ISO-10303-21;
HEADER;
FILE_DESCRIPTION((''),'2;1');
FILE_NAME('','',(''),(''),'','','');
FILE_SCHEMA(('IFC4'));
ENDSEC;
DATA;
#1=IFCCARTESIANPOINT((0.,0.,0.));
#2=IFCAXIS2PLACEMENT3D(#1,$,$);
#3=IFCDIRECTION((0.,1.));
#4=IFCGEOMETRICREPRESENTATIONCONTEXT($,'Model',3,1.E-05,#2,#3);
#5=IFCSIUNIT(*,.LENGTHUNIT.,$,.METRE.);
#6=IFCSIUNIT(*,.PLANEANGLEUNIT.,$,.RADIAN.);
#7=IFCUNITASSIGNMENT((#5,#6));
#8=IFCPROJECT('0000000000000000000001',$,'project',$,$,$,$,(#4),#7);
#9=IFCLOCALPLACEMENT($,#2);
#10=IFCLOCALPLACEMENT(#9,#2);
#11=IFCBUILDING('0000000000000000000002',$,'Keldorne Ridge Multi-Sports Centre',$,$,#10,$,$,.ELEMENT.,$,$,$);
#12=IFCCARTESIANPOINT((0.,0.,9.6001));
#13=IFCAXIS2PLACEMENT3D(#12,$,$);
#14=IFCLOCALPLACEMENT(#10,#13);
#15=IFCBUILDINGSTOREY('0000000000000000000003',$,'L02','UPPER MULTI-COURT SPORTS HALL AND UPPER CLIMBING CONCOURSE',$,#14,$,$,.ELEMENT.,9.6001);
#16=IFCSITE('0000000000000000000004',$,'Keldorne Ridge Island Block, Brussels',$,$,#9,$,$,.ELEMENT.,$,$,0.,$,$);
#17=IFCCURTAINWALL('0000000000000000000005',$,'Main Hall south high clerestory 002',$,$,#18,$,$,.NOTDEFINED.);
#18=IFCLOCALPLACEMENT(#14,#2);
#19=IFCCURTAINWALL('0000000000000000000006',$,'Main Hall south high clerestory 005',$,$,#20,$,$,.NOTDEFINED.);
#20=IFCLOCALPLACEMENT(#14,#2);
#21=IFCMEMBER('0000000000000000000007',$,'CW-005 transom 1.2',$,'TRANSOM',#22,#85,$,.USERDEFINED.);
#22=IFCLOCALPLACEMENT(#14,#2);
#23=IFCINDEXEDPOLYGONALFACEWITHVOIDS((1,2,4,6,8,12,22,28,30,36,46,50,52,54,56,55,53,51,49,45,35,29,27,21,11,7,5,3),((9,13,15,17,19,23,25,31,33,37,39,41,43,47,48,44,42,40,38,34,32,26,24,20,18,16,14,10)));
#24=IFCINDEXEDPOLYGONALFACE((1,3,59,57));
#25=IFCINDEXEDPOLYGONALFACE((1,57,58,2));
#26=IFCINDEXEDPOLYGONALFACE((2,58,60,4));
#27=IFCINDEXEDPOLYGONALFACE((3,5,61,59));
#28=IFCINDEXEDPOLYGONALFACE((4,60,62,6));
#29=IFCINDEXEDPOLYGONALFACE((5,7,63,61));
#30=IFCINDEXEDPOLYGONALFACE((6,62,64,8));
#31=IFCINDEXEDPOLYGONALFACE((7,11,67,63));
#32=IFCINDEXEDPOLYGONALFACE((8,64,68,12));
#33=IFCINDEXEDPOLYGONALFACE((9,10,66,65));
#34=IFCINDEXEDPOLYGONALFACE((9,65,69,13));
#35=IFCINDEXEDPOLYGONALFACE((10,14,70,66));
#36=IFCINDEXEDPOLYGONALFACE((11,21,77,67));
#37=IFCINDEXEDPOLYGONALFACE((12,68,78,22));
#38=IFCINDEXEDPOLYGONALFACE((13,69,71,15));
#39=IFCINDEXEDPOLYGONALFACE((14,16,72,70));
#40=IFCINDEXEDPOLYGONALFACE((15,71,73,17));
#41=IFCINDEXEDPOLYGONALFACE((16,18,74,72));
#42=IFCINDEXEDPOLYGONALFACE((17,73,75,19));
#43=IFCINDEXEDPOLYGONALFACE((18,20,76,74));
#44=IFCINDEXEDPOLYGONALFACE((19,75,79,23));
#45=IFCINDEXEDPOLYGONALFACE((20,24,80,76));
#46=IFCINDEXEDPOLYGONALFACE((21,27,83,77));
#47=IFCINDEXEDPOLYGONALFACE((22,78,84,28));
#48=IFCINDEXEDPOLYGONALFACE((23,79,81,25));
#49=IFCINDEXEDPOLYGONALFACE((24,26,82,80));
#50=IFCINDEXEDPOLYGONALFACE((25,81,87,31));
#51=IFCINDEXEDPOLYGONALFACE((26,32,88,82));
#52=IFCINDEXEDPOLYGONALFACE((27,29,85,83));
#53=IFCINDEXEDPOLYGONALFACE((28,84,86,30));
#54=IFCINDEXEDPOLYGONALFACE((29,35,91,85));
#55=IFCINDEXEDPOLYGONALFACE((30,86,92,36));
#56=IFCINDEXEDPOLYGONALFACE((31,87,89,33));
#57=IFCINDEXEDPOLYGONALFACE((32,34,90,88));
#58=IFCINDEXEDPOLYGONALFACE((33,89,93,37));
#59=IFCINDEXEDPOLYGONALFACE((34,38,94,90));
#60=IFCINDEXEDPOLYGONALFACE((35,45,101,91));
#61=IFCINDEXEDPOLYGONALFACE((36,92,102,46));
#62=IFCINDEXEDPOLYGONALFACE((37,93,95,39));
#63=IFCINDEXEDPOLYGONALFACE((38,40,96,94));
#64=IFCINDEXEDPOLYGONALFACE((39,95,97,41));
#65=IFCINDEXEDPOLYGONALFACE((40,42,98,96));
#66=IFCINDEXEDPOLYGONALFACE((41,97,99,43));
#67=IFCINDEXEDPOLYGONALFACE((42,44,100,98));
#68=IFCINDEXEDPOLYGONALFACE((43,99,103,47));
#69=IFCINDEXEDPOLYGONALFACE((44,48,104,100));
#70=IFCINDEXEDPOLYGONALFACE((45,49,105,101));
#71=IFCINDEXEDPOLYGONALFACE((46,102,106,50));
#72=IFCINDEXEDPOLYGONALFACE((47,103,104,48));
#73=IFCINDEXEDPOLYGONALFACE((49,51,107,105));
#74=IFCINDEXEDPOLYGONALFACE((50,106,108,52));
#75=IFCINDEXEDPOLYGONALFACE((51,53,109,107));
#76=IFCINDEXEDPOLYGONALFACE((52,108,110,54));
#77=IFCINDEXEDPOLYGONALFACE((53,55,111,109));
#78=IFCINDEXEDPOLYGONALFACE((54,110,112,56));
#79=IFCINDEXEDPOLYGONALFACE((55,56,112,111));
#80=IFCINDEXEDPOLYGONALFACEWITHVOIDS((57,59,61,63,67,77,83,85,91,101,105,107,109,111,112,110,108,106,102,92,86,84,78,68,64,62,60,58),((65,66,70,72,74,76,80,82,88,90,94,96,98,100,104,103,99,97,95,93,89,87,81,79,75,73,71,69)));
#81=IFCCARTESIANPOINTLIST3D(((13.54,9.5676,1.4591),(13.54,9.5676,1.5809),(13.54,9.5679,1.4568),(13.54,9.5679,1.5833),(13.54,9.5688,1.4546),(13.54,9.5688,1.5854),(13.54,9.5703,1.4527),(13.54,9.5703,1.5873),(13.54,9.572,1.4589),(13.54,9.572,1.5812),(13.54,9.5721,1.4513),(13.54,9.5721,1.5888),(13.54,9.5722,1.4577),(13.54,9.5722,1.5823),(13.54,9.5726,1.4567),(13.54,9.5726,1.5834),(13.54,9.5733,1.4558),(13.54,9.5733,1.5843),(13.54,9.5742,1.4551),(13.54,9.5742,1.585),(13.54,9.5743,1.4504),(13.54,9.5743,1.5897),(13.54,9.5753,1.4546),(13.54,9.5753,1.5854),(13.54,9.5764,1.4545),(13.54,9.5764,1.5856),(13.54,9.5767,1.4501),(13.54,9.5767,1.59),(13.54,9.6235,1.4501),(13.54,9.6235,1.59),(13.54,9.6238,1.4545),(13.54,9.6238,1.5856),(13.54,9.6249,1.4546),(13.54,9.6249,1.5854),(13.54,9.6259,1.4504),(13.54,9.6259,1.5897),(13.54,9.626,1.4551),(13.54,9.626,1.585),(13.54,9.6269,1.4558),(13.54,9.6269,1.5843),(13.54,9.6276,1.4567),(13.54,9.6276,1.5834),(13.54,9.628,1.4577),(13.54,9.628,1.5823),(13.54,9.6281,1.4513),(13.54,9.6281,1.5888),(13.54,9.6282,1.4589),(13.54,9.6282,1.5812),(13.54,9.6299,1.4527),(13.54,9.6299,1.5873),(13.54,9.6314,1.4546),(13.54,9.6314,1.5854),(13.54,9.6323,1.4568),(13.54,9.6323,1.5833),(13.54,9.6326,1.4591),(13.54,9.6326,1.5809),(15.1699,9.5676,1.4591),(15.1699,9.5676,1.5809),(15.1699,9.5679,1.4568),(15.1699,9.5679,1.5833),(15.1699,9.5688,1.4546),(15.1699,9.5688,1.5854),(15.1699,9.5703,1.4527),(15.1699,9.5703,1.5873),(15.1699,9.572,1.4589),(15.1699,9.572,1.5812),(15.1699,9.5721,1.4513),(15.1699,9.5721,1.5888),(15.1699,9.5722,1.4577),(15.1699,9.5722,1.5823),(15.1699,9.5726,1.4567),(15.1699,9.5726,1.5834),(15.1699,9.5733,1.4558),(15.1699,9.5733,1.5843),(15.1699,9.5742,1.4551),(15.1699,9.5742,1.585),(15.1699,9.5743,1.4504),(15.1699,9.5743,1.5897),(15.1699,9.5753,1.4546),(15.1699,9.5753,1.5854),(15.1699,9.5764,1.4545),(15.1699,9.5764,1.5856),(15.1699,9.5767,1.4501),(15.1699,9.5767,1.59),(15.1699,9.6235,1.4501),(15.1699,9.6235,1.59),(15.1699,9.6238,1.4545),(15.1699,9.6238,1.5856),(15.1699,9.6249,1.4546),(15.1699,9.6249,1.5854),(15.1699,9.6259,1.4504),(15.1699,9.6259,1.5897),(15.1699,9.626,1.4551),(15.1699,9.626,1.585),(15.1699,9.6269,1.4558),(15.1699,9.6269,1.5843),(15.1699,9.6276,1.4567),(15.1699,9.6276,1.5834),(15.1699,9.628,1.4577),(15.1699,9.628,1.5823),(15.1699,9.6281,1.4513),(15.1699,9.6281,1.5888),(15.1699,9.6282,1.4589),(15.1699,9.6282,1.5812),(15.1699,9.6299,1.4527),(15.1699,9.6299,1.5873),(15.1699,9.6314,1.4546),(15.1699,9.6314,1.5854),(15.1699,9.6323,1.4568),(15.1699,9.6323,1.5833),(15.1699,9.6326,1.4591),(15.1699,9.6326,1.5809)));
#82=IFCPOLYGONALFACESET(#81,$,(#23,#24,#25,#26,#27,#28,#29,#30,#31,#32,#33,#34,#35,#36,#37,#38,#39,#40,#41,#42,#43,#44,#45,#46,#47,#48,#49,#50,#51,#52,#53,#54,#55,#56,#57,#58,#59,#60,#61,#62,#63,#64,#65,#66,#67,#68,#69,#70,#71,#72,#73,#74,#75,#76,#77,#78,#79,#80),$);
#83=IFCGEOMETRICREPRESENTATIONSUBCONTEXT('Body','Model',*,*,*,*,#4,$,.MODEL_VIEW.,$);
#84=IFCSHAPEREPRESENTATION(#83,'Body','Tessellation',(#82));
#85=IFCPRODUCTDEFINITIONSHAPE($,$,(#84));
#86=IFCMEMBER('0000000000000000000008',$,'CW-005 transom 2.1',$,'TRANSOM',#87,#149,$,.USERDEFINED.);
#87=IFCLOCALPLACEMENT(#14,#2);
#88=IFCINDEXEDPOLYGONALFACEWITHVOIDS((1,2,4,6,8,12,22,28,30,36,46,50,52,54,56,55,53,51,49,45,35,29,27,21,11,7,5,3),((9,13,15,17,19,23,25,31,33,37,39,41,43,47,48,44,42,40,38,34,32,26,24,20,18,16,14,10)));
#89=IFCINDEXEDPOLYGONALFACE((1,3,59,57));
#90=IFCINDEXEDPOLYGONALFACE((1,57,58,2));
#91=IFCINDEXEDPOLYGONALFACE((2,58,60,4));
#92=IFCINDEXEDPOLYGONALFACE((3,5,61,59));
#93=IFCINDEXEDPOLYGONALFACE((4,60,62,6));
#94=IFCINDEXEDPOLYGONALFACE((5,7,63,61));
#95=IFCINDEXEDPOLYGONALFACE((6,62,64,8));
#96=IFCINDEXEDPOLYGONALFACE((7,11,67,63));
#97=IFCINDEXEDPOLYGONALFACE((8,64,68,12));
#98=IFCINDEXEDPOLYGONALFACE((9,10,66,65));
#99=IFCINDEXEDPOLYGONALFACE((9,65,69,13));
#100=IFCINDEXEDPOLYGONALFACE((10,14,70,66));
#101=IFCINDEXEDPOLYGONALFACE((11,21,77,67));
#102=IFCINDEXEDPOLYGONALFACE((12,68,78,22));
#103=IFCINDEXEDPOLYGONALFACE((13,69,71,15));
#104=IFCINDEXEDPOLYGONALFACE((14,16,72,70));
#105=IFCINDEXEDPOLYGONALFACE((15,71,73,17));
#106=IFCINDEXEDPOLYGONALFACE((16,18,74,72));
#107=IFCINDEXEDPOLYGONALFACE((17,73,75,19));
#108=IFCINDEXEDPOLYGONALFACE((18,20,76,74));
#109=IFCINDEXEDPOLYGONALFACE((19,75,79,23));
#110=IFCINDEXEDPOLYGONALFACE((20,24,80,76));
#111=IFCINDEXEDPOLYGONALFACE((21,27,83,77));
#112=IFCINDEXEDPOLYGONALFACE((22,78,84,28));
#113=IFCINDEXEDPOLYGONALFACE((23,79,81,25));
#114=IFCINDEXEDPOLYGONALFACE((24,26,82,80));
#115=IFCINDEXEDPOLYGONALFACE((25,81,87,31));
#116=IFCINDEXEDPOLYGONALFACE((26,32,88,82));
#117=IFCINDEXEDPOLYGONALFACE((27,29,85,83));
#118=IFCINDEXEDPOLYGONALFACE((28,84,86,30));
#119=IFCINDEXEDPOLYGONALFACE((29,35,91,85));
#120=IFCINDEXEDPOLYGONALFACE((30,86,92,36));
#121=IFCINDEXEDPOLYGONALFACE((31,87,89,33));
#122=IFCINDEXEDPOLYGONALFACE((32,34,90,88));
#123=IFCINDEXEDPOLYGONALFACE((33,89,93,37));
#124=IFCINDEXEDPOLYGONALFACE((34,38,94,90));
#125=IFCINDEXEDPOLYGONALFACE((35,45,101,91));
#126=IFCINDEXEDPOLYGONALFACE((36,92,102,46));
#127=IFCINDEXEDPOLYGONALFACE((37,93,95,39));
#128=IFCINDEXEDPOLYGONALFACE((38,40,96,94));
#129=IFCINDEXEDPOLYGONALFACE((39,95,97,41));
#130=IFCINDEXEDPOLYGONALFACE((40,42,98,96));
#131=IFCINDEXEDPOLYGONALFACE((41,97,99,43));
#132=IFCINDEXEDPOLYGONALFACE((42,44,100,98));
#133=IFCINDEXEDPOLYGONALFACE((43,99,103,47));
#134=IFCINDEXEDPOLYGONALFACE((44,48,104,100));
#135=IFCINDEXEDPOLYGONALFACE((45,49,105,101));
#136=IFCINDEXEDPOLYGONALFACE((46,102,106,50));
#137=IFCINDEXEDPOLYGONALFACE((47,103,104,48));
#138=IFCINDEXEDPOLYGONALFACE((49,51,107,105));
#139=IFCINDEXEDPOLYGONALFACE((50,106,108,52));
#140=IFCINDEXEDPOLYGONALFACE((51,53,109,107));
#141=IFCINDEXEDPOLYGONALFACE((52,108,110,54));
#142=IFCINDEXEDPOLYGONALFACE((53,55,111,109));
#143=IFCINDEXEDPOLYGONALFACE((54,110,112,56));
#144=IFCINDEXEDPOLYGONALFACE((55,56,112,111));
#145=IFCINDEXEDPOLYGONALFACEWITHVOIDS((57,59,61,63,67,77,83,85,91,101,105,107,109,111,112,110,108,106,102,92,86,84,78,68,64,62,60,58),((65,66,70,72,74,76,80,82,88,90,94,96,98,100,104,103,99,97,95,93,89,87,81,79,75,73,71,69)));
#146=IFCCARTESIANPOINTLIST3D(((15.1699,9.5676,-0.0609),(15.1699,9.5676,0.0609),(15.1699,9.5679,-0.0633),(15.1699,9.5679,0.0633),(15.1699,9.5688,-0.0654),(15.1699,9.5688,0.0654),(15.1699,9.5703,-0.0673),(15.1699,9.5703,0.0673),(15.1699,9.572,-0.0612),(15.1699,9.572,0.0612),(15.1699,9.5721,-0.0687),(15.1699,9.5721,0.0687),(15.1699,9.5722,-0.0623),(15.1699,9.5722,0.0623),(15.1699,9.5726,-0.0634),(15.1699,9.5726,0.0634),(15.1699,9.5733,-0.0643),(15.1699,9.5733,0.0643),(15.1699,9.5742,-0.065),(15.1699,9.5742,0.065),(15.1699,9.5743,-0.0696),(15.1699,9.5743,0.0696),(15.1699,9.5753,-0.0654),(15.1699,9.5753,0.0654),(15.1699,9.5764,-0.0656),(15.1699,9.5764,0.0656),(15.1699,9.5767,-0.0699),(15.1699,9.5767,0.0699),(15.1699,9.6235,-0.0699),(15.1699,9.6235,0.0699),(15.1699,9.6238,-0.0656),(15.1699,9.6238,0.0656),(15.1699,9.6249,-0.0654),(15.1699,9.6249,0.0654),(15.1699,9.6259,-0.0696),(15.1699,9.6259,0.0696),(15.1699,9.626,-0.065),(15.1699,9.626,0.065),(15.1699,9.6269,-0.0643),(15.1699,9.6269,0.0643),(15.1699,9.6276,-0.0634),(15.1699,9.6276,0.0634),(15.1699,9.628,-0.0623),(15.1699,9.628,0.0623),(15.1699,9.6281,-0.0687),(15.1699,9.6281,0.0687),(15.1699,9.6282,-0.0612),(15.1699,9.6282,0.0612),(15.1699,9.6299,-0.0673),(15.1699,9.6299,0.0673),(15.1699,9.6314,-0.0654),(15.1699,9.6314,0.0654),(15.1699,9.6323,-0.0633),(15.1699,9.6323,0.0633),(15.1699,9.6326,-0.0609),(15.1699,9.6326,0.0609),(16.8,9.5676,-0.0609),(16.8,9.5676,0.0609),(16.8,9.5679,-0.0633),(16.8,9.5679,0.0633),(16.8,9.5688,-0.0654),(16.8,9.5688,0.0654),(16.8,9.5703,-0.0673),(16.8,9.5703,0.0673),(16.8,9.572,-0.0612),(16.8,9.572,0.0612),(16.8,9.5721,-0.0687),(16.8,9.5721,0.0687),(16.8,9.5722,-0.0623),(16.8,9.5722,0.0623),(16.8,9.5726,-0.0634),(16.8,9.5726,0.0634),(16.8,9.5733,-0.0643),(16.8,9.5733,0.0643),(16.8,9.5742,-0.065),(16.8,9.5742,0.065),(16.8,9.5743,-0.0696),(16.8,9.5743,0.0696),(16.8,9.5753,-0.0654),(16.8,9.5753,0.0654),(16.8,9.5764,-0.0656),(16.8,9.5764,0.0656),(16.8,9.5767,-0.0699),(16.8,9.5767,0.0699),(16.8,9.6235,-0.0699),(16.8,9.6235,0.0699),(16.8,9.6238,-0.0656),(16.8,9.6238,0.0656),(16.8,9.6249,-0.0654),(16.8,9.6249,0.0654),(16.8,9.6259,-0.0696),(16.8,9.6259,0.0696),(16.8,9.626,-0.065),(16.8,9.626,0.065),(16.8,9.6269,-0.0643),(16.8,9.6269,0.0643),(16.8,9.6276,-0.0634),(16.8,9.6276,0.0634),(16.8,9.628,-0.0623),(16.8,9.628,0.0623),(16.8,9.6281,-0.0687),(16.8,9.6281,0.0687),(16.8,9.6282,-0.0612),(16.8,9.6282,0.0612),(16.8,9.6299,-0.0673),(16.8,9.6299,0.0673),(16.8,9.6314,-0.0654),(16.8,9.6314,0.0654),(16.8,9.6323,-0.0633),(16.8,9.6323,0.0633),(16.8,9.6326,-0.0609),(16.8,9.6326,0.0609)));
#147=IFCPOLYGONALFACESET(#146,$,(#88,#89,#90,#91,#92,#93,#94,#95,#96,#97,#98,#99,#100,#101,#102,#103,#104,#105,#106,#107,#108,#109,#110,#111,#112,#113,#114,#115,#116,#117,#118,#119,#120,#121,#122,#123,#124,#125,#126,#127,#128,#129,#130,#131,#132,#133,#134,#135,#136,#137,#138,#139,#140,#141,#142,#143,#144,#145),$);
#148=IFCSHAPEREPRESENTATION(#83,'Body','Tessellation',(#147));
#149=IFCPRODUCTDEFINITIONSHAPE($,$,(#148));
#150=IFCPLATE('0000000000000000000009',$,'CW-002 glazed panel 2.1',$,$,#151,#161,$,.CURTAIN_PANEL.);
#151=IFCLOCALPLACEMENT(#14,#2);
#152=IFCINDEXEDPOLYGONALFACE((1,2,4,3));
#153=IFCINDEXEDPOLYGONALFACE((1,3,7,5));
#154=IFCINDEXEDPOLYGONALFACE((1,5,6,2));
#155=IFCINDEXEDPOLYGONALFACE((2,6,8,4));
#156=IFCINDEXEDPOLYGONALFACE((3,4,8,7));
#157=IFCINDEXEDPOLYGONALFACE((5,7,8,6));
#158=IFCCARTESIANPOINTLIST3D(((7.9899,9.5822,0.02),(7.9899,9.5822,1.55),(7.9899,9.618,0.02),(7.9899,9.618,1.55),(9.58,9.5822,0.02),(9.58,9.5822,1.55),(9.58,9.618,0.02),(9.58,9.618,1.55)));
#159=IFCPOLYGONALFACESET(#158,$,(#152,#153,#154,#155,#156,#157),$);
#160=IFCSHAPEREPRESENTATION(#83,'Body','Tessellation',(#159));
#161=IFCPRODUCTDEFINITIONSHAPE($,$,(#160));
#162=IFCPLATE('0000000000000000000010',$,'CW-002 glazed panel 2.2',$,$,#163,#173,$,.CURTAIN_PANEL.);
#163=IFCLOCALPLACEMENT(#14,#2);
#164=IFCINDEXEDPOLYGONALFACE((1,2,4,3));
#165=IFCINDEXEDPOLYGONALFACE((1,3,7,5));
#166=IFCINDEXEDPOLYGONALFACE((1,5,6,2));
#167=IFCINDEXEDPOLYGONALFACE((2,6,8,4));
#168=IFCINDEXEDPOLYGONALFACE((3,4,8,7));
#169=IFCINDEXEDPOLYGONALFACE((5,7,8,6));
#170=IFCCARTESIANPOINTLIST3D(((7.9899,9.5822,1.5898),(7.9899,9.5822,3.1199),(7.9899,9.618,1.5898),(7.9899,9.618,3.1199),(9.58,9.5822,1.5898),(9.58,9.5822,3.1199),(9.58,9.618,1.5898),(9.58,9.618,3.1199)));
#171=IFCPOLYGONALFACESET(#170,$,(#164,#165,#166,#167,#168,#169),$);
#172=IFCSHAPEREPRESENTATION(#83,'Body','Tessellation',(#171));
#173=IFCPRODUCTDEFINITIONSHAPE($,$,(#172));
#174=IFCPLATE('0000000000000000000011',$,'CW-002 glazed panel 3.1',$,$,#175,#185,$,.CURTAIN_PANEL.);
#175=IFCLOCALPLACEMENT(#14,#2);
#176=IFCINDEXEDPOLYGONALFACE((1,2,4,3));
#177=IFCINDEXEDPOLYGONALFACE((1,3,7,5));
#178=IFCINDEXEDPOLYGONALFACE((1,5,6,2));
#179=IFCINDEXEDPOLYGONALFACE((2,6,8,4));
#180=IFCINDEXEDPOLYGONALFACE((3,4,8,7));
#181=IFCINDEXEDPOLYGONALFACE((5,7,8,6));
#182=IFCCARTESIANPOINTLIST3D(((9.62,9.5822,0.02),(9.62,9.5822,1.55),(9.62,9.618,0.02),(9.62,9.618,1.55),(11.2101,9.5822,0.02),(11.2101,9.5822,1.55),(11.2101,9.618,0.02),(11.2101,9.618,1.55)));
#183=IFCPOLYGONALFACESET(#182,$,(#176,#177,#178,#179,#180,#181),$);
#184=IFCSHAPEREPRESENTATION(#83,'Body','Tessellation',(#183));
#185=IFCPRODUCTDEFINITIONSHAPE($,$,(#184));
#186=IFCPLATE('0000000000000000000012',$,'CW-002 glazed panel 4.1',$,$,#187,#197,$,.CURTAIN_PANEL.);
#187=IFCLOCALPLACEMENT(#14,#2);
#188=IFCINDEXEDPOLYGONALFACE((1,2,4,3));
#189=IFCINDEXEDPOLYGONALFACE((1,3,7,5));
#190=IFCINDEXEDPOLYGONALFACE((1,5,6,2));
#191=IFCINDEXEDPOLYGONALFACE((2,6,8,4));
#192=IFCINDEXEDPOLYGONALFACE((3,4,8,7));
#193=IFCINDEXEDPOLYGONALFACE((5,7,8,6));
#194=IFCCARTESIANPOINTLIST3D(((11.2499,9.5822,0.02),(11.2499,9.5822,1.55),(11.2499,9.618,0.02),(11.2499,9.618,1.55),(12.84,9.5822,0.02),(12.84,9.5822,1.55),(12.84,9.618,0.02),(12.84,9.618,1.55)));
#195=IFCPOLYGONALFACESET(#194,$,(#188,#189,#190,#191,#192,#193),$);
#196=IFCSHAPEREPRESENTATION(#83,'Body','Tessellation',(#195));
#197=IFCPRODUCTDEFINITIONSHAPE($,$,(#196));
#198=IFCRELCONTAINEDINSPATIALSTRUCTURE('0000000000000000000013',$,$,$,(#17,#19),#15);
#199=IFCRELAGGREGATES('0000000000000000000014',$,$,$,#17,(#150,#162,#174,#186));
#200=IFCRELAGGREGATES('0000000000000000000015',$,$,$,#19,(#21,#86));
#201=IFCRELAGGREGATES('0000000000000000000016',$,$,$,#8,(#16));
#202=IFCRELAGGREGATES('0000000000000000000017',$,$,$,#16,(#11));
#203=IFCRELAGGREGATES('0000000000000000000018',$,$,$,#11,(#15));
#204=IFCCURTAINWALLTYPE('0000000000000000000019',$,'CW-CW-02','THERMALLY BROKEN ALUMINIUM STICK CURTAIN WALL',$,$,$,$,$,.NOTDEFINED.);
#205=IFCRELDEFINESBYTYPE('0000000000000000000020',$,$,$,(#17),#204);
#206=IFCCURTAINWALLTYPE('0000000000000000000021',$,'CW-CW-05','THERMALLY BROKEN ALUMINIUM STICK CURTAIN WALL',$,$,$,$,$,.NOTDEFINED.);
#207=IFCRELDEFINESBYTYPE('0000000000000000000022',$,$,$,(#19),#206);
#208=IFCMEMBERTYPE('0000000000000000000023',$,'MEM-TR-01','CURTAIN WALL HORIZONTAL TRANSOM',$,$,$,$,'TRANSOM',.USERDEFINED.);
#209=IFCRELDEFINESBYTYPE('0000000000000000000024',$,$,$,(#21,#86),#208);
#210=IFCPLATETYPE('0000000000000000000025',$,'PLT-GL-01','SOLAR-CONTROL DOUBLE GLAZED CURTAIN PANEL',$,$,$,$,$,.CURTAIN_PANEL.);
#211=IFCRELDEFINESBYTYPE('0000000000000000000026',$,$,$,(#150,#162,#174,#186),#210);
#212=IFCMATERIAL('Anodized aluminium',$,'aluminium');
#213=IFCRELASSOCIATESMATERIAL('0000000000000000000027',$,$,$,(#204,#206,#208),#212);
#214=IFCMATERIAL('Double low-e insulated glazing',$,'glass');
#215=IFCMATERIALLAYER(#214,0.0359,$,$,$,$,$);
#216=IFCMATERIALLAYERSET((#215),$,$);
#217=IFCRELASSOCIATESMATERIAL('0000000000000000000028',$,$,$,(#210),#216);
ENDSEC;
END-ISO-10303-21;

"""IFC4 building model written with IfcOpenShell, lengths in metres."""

from ifc_helpers import new_model, si_unit, direction, frame, origin, origin_2d, place, context, subcontext, project, spatial, rectangle, hollow_rectangle, extrude, material, layer, layer_set, material_profile, profile_set, type_object, element, aggregate, save


model = new_model("IFC4")

# Units and contexts
model_context = context("Model", 3, precision=1e-05, world=origin(), true_north=direction((0.0, 1.0)))
body_context = subcontext(model_context, "Body", "Model", "MODEL_VIEW")
ifc_project = project(units=[si_unit("LENGTHUNIT", "METRE"), si_unit("PLANEANGLEUNIT", "RADIAN")], contexts=[model_context])

# Site, building, storey
site_placement = place(None, origin())
site = spatial("IfcSite", under=ifc_project, at=site_placement, Name="Keldorne Ridge Island Block, Brussels", CompositionType="ELEMENT", RefElevation=0.0)
building_placement = place(site_placement, origin())
building = spatial("IfcBuilding", under=site, at=building_placement, Name="Keldorne Ridge Multi-Sports Centre", CompositionType="ELEMENT")
storey_placement = place(building_placement, frame((0.0, 0.0, 9.6001)))
storey = spatial("IfcBuildingStorey", under=building, at=storey_placement, Name="L02", Description="UPPER MULTI-COURT SPORTS HALL AND UPPER CLIMBING CONCOURSE", CompositionType="ELEMENT", Elevation=9.6001)

# Curtain walls
ifc_material_1 = material(Name="Anodized aluminium", Category="aluminium")
curtain_wall_type_1 = type_object("IfcCurtainWallType", Name="CW-CW-02", Description="THERMALLY BROKEN ALUMINIUM STICK CURTAIN WALL", PredefinedType="NOTDEFINED", material=ifc_material_1)
curtain_wall_1_placement = place(storey_placement, origin())
curtain_wall_1 = element("IfcCurtainWall", 1, at=curtain_wall_1_placement, inside=storey, type_object=curtain_wall_type_1, Name="Main Hall south high clerestory 002", PredefinedType="NOTDEFINED")
curtain_wall_type_2 = type_object("IfcCurtainWallType", Name="CW-CW-05", Description="THERMALLY BROKEN ALUMINIUM STICK CURTAIN WALL", PredefinedType="NOTDEFINED", material=ifc_material_1)
curtain_wall_2_placement = place(storey_placement, origin())
curtain_wall_2 = element("IfcCurtainWall", 2, at=curtain_wall_2_placement, inside=storey, type_object=curtain_wall_type_2, Name="Main Hall south high clerestory 005", PredefinedType="NOTDEFINED")

# Members
ifc_material_profile_1 = material_profile(ifc_material_1, hollow_rectangle(XDim=0.0649, YDim=0.1399, WallThickness=0.0044, InnerFilletRadius=0.0044, OuterFilletRadius=0.009, at=origin_2d()), Name="ALU TRANSOM 140x65x4.5")
ifc_profile_set_1 = profile_set([ifc_material_profile_1], Name="Anodized aluminium")
member_type_1 = type_object("IfcMemberType", Name="MEM-TR-01", Description="CURTAIN WALL HORIZONTAL TRANSOM", ElementType="TRANSOM", PredefinedType="USERDEFINED", material=ifc_profile_set_1)
member_1_placement = place(storey_placement, frame((13.54, 9.6001, 1.52), z_axis=(1.0, 0.0, 0.0), x_axis=(0.0, 1.0, 0.0)))
member_1 = element("IfcMember", 3, at=member_1_placement, type_object=member_type_1, Name="CW-005 transom 1.2", ObjectType="TRANSOM", PredefinedType="USERDEFINED", context=body_context, shape_type="SweptSolid", body=[
    extrude(hollow_rectangle(XDim=0.0649, YDim=0.1399, WallThickness=0.0044, InnerFilletRadius=0.0044, OuterFilletRadius=0.009, at=origin_2d()), origin(), (0.0, 0.0, 1.0), 1.6299),
])
member_2_placement = place(storey_placement, frame((15.1699, 9.6001, 0.0), z_axis=(1.0, 0.0, 0.0), x_axis=(0.0, 1.0, 0.0)))
member_2 = element("IfcMember", 4, at=member_2_placement, type_object=member_type_1, Name="CW-005 transom 2.1", ObjectType="TRANSOM", PredefinedType="USERDEFINED", context=body_context, shape_type="SweptSolid", body=[
    extrude(hollow_rectangle(XDim=0.0649, YDim=0.1399, WallThickness=0.0044, InnerFilletRadius=0.0044, OuterFilletRadius=0.009, at=origin_2d()), origin(), (0.0, 0.0, 1.0), 1.6301),
])

# Plates
ifc_material_2 = material(Name="Double low-e insulated glazing", Category="glass")
ifc_layer = layer(ifc_material_2, 0.0359)
ifc_layer_set = layer_set([ifc_layer])
plate_type = type_object("IfcPlateType", Name="PLT-GL-01", Description="SOLAR-CONTROL DOUBLE GLAZED CURTAIN PANEL", PredefinedType="CURTAIN_PANEL", material=ifc_layer_set)
plate_1_placement = place(storey_placement, frame((8.7849, 9.6001, 0.02), z_axis=(0.0, 0.0, 1.0), x_axis=(1.0, 0.0, 0.0)))
plate_1 = element("IfcPlate", 5, at=plate_1_placement, type_object=plate_type, Name="CW-002 glazed panel 2.1", PredefinedType="CURTAIN_PANEL", context=body_context, shape_type="SweptSolid", body=[
    extrude(rectangle(XDim=1.5901, YDim=0.0359, at=origin_2d()), origin(), (0.0, 0.0, 1.0), 1.53),
])
plate_2_placement = place(storey_placement, frame((8.7849, 9.6001, 1.5898), z_axis=(0.0, 0.0, 1.0), x_axis=(1.0, 0.0, 0.0)))
plate_2 = element("IfcPlate", 6, at=plate_2_placement, type_object=plate_type, Name="CW-002 glazed panel 2.2", PredefinedType="CURTAIN_PANEL", context=body_context, shape_type="SweptSolid", body=[
    extrude(rectangle(XDim=1.5901, YDim=0.0359, at=origin_2d()), origin(), (0.0, 0.0, 1.0), 1.53),
])
plate_3_placement = place(storey_placement, frame((10.415, 9.6001, 0.02), z_axis=(0.0, 0.0, 1.0), x_axis=(1.0, 0.0, 0.0)))
plate_3 = element("IfcPlate", 7, at=plate_3_placement, type_object=plate_type, Name="CW-002 glazed panel 3.1", PredefinedType="CURTAIN_PANEL", context=body_context, shape_type="SweptSolid", body=[
    extrude(rectangle(XDim=1.5901, YDim=0.0359, at=origin_2d()), origin(), (0.0, 0.0, 1.0), 1.53),
])
plate_4_placement = place(storey_placement, frame((12.0449, 9.6001, 0.02), z_axis=(0.0, 0.0, 1.0), x_axis=(1.0, 0.0, 0.0)))
plate_4 = element("IfcPlate", 8, at=plate_4_placement, type_object=plate_type, Name="CW-002 glazed panel 4.1", PredefinedType="CURTAIN_PANEL", context=body_context, shape_type="SweptSolid", body=[
    extrude(rectangle(XDim=1.5901, YDim=0.0359, at=origin_2d()), origin(), (0.0, 0.0, 1.0), 1.53),
])
aggregate(curtain_wall_1, [plate_1, plate_2, plate_3, plate_4])
aggregate(curtain_wall_2, [member_1, member_2])

save(model, "model.ifc")
